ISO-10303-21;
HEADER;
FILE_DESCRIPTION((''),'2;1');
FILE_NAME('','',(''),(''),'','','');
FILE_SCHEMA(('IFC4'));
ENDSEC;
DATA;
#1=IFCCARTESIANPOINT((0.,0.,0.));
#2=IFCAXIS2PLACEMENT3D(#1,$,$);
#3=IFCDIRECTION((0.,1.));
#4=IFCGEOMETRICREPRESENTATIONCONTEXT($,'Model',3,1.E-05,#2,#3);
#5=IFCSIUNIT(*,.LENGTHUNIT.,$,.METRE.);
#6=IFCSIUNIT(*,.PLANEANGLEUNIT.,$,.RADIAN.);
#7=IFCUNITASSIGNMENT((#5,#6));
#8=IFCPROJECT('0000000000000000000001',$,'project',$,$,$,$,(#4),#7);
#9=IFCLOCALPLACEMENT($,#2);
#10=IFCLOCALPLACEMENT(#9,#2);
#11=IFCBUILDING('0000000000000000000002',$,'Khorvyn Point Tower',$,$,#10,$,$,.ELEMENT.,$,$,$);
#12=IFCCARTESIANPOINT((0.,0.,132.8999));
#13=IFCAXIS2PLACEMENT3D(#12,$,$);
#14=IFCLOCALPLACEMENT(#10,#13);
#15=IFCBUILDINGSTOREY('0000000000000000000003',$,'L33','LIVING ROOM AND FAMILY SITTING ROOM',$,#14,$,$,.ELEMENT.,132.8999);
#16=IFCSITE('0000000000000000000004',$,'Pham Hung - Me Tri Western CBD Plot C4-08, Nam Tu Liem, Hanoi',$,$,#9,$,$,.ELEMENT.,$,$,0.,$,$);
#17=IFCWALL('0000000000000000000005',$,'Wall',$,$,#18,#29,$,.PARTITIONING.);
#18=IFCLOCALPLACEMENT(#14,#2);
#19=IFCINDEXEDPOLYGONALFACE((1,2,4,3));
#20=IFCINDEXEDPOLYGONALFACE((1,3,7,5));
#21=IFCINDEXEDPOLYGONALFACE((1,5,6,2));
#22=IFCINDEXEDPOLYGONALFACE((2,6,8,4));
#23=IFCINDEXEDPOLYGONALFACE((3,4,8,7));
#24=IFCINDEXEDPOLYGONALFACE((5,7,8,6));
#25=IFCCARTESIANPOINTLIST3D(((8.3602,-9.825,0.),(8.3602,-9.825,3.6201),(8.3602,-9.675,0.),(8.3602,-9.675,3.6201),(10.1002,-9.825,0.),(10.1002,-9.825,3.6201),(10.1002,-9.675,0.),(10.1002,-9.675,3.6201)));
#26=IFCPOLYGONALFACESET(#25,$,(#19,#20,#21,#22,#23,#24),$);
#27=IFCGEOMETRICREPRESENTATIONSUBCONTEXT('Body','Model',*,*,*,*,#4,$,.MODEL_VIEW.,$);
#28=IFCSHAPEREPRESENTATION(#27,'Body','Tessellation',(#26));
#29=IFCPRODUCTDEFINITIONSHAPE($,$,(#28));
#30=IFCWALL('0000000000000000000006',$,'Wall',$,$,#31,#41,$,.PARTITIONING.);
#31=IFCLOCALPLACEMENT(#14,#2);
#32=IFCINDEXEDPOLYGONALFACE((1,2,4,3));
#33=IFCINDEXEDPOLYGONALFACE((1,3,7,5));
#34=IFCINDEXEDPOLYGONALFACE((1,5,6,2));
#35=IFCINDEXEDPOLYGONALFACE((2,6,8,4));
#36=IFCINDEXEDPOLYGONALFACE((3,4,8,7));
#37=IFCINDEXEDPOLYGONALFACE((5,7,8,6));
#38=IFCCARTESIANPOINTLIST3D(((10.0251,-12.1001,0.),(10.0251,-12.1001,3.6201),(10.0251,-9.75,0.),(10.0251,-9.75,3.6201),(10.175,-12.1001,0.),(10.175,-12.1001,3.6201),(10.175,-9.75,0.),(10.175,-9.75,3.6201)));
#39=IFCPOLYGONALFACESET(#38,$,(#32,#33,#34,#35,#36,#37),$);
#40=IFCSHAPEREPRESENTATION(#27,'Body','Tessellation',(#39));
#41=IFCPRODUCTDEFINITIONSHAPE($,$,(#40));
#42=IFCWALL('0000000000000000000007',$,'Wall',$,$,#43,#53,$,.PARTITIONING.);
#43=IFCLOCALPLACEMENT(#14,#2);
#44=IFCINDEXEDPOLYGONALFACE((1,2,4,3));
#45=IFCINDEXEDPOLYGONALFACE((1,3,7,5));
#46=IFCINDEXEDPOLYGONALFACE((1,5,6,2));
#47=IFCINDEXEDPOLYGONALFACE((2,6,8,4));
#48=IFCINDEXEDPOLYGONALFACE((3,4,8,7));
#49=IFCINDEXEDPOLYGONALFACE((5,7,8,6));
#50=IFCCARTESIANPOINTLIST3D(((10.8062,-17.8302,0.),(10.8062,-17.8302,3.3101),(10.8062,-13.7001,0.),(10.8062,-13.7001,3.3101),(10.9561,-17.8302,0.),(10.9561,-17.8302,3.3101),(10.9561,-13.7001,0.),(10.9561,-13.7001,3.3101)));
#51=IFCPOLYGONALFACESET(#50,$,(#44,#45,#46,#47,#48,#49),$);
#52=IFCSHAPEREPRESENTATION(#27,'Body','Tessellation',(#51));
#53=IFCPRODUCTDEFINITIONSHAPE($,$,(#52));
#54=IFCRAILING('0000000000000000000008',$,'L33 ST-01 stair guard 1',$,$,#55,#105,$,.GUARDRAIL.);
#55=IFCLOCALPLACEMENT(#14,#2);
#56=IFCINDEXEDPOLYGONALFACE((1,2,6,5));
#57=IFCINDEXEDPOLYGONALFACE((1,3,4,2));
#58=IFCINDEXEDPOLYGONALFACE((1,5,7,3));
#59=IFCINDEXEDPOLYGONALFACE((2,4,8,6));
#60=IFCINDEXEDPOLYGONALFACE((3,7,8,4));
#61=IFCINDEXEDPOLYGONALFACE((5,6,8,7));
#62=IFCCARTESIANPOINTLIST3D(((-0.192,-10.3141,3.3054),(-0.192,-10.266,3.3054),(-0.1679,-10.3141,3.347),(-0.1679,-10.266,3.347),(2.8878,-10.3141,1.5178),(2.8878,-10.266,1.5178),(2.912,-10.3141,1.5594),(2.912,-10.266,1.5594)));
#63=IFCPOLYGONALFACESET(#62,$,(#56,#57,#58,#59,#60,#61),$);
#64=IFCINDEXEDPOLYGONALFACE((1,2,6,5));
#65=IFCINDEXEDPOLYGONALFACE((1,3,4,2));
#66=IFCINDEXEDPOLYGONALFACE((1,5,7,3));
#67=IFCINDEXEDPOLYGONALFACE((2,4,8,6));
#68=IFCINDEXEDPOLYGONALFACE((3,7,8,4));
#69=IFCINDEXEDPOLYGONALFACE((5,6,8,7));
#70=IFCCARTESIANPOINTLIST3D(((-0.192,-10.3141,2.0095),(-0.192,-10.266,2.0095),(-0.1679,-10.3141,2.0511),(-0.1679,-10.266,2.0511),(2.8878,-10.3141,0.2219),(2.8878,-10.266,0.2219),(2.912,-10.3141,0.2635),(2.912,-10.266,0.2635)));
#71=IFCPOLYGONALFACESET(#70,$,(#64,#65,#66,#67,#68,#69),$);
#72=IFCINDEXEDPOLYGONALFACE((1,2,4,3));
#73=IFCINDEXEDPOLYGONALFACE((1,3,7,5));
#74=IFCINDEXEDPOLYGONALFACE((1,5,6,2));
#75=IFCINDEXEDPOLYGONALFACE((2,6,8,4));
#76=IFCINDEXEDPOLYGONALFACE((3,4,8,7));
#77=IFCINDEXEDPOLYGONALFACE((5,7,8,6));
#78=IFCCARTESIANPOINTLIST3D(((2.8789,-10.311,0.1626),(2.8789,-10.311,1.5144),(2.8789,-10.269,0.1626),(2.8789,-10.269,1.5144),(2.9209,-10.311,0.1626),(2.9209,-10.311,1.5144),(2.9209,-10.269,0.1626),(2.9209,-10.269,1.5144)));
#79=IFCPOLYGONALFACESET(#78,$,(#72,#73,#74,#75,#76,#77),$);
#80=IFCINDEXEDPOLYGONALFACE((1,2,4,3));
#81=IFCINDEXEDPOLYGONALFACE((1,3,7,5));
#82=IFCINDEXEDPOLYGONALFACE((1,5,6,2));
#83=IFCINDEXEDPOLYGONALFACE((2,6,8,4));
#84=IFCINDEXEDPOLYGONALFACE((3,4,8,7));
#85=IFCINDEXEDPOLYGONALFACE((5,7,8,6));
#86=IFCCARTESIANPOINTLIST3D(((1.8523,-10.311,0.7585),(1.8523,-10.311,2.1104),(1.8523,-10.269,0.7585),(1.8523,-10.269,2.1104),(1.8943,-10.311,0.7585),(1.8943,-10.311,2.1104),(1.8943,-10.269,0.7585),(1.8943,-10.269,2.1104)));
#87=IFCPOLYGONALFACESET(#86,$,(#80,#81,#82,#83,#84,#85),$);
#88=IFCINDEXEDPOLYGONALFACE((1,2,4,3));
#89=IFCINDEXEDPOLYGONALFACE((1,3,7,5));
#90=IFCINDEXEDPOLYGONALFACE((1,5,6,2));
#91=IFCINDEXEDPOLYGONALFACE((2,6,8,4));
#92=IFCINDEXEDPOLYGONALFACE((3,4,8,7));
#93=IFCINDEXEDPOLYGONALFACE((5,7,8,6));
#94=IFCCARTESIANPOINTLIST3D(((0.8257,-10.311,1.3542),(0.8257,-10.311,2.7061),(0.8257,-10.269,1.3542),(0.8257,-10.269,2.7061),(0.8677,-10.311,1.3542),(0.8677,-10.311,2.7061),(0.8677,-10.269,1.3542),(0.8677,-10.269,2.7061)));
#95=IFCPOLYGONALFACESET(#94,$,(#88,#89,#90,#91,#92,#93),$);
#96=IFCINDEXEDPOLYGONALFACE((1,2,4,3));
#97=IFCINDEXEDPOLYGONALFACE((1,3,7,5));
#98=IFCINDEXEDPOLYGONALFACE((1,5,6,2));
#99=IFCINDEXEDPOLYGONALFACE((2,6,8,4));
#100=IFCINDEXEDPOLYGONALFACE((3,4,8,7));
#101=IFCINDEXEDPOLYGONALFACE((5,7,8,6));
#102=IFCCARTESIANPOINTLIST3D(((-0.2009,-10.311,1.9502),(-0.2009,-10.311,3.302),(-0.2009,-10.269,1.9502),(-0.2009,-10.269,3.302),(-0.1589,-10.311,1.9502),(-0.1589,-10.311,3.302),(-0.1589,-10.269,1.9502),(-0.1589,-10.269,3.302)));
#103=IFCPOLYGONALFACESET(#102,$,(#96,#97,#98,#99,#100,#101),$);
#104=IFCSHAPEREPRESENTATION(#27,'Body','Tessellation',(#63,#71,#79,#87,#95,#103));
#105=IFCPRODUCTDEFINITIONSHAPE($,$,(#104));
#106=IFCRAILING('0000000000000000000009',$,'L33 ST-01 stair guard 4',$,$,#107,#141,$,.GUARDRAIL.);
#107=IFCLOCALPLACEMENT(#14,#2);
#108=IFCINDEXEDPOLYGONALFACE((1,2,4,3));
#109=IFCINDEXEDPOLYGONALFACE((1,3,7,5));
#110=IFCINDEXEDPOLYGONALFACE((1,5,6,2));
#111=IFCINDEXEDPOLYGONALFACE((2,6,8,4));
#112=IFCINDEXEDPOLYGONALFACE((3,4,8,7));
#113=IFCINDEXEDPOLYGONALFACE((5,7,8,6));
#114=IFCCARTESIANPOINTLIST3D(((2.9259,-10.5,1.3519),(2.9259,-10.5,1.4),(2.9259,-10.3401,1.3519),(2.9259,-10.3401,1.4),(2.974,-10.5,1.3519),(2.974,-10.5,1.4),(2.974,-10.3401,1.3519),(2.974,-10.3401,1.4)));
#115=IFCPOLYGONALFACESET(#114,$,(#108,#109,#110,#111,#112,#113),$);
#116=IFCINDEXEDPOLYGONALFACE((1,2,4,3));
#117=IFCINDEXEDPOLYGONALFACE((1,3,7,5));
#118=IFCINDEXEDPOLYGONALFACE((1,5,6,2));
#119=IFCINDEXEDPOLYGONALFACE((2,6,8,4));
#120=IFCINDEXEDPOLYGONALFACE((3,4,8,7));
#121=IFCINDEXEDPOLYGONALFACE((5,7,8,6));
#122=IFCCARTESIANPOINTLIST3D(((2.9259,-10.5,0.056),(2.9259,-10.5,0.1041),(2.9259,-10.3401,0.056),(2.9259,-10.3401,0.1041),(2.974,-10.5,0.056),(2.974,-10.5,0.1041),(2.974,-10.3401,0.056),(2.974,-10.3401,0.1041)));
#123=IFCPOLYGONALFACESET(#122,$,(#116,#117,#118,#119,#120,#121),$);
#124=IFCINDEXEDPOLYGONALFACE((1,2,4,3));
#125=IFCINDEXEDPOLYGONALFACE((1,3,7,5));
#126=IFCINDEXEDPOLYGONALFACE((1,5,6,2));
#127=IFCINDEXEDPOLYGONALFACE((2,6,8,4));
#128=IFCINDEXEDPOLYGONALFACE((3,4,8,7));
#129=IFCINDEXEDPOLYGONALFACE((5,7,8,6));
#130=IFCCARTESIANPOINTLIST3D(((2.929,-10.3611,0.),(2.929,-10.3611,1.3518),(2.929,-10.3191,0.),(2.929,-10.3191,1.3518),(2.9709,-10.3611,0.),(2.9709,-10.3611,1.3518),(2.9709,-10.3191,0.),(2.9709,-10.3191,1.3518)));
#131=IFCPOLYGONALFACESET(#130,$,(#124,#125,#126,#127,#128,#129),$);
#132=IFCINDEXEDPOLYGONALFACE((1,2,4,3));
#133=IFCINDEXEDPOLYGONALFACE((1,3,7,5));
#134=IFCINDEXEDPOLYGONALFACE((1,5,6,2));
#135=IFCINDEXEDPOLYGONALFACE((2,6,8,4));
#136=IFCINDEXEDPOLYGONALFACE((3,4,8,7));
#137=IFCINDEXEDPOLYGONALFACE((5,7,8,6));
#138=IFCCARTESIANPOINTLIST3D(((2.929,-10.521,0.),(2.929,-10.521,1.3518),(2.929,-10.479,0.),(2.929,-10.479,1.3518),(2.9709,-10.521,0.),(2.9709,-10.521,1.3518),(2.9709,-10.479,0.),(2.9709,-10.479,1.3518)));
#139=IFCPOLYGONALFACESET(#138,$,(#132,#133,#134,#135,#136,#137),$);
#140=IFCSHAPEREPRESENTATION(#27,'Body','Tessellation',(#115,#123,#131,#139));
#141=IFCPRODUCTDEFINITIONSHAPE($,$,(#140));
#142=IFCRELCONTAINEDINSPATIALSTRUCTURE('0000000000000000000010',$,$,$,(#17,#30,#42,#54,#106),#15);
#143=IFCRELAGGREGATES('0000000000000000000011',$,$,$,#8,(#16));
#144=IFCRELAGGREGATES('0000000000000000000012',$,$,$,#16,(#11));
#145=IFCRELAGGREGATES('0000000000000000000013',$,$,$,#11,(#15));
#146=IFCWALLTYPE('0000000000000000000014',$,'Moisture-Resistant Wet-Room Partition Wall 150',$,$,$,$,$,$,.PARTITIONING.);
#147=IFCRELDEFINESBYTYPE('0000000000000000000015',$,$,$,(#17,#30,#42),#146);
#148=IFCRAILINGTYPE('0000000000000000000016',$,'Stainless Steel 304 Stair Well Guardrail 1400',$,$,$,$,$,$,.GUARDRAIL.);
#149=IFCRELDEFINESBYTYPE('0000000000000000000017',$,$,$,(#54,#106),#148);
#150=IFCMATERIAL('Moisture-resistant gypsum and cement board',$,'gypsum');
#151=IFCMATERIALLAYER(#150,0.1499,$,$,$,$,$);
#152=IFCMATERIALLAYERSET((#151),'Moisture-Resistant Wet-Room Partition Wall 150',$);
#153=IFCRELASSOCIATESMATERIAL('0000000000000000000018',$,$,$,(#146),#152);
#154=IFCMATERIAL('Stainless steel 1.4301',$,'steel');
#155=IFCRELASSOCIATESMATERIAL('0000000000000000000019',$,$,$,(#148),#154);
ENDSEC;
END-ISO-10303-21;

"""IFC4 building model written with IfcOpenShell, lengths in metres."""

from ifc_helpers import new_model, si_unit, direction, frame, frame_2d, origin, origin_2d, place, context, subcontext, project, spatial, rectangle, extrude, material, layer, layer_set, type_object, element, save


model = new_model("IFC4")

# Units and contexts
model_context = context("Model", 3, precision=1e-05, world=origin(), true_north=direction((0.0, 1.0)))
body_context = subcontext(model_context, "Body", "Model", "MODEL_VIEW")
ifc_project = project(units=[si_unit("LENGTHUNIT", "METRE"), si_unit("PLANEANGLEUNIT", "RADIAN")], contexts=[model_context])

# Site, building, storey
site_placement = place(None, origin())
site = spatial("IfcSite", under=ifc_project, at=site_placement, Name="Pham Hung - Me Tri Western CBD Plot C4-08, Nam Tu Liem, Hanoi", CompositionType="ELEMENT", RefElevation=0.0)
building_placement = place(site_placement, origin())
building = spatial("IfcBuilding", under=site, at=building_placement, Name="Khorvyn Point Tower", CompositionType="ELEMENT")
storey_placement = place(building_placement, frame((0.0, 0.0, 132.8999)))
storey = spatial("IfcBuildingStorey", under=building, at=storey_placement, Name="L33", Description="LIVING ROOM AND FAMILY SITTING ROOM", CompositionType="ELEMENT", Elevation=132.8999)

# Shared definitions
ifc_material_1 = material(Name="Moisture-resistant gypsum and cement board", Category="gypsum")
ifc_layer_1 = layer(ifc_material_1, 0.1499)
ifc_layer_set_1 = layer_set([ifc_layer_1], Name="Moisture-Resistant Wet-Room Partition Wall 150")
wall_type_1 = type_object("IfcWallType", Name="Moisture-Resistant Wet-Room Partition Wall 150", PredefinedType="PARTITIONING", material=ifc_layer_set_1)

# Walls
wall_1_placement = place(storey_placement, frame((8.3601, -9.75, 0.0), z_axis=(0.0, 0.0, 1.0), x_axis=(1.0, 0.0, 0.0)))
element("IfcWall", 1, at=wall_1_placement, inside=storey, type_object=wall_type_1, Name="Wall", PredefinedType="PARTITIONING", context=body_context, shape_type="SweptSolid", body=[
    extrude(rectangle(XDim=1.74, YDim=0.1499, at=frame_2d((0.8701, 0.0))), origin(), (0.0, 0.0, 1.0), 3.6201),
])
wall_2_placement = place(storey_placement, frame((10.1001, -12.1001, 0.0), z_axis=(0.0, 0.0, 1.0), x_axis=(0.0, 1.0, 0.0)))
element("IfcWall", 2, at=wall_2_placement, inside=storey, type_object=wall_type_1, Name="Wall", PredefinedType="PARTITIONING", context=body_context, shape_type="SweptSolid", body=[
    extrude(rectangle(XDim=2.3501, YDim=0.1499, at=frame_2d((1.175, 0.0))), origin(), (0.0, 0.0, 1.0), 3.6201),
])
wall_3_placement = place(storey_placement, frame((10.8811, -17.8301, 0.0), z_axis=(0.0, 0.0, 1.0), x_axis=(0.0, 1.0, 0.0)))
element("IfcWall", 3, at=wall_3_placement, inside=storey, type_object=wall_type_1, Name="Wall", PredefinedType="PARTITIONING", context=body_context, shape_type="SweptSolid", body=[
    extrude(rectangle(XDim=4.1301, YDim=0.1499, at=frame_2d((2.0649, 0.0))), origin(), (0.0, 0.0, 1.0), 3.3101),
])

# Railings
ifc_material_2 = material(Name="Stainless steel 1.4301", Category="steel")
railing_type = type_object("IfcRailingType", Name="Stainless Steel 304 Stair Well Guardrail 1400", PredefinedType="GUARDRAIL", material=ifc_material_2)
railing_1_placement = place(storey_placement, frame((2.8999, -10.29, 0.1626)))
element("IfcRailing", 4, at=railing_1_placement, inside=storey, type_object=railing_type, Name="L33 ST-01 stair guard 1", PredefinedType="GUARDRAIL", context=body_context, shape_type="SweptSolid", body=[
    extrude(rectangle(XDim=0.0481, YDim=0.0481, at=origin_2d()), frame((0.0, 0.0, 1.376), z_axis=(-0.864873, 0.0, 0.50199), x_axis=(0.0, -1.0, 0.0)), (0.0, 0.0, 1.0), 3.561),
    extrude(rectangle(XDim=0.0481, YDim=0.0481, at=origin_2d()), frame((0.0, 0.0, 0.0801), z_axis=(-0.864873, 0.0, 0.50199), x_axis=(0.0, -1.0, 0.0)), (0.0, 0.0, 1.0), 3.561),
    extrude(rectangle(XDim=0.042, YDim=0.042, at=origin_2d()), origin(), (0.0, 0.0, 1.0), 1.3518),
    extrude(rectangle(XDim=0.042, YDim=0.042, at=origin_2d()), frame((-1.0266, 0.0, 0.5959)), (0.0, 0.0, 1.0), 1.3518),
    extrude(rectangle(XDim=0.042, YDim=0.042, at=origin_2d()), frame((-2.0532, 0.0, 1.1917)), (0.0, 0.0, 1.0), 1.3518),
    extrude(rectangle(XDim=0.042, YDim=0.042, at=origin_2d()), frame((-3.0798, 0.0, 1.7876)), (0.0, 0.0, 1.0), 1.3518),
])
railing_2_placement = place(storey_placement, frame((2.95, -10.3401, 0.0)))
element("IfcRailing", 5, at=railing_2_placement, inside=storey, type_object=railing_type, Name="L33 ST-01 stair guard 4", PredefinedType="GUARDRAIL", context=body_context, shape_type="SweptSolid", body=[
    extrude(rectangle(XDim=0.0481, YDim=0.0481, at=origin_2d()), frame((0.0, 0.0, 1.376), z_axis=(0.0, -1.0, 0.0), x_axis=(1.0, 0.0, 0.0)), (0.0, 0.0, 1.0), 0.1599),
    extrude(rectangle(XDim=0.0481, YDim=0.0481, at=origin_2d()), frame((0.0, 0.0, 0.0801), z_axis=(0.0, -1.0, 0.0), x_axis=(1.0, 0.0, 0.0)), (0.0, 0.0, 1.0), 0.1599),
    extrude(rectangle(XDim=0.042, YDim=0.042, at=origin_2d()), origin(), (0.0, 0.0, 1.0), 1.3518),
    extrude(rectangle(XDim=0.042, YDim=0.042, at=origin_2d()), frame((0.0, -0.1599, 0.0)), (0.0, 0.0, 1.0), 1.3518),
])

save(model, "model.ifc")
